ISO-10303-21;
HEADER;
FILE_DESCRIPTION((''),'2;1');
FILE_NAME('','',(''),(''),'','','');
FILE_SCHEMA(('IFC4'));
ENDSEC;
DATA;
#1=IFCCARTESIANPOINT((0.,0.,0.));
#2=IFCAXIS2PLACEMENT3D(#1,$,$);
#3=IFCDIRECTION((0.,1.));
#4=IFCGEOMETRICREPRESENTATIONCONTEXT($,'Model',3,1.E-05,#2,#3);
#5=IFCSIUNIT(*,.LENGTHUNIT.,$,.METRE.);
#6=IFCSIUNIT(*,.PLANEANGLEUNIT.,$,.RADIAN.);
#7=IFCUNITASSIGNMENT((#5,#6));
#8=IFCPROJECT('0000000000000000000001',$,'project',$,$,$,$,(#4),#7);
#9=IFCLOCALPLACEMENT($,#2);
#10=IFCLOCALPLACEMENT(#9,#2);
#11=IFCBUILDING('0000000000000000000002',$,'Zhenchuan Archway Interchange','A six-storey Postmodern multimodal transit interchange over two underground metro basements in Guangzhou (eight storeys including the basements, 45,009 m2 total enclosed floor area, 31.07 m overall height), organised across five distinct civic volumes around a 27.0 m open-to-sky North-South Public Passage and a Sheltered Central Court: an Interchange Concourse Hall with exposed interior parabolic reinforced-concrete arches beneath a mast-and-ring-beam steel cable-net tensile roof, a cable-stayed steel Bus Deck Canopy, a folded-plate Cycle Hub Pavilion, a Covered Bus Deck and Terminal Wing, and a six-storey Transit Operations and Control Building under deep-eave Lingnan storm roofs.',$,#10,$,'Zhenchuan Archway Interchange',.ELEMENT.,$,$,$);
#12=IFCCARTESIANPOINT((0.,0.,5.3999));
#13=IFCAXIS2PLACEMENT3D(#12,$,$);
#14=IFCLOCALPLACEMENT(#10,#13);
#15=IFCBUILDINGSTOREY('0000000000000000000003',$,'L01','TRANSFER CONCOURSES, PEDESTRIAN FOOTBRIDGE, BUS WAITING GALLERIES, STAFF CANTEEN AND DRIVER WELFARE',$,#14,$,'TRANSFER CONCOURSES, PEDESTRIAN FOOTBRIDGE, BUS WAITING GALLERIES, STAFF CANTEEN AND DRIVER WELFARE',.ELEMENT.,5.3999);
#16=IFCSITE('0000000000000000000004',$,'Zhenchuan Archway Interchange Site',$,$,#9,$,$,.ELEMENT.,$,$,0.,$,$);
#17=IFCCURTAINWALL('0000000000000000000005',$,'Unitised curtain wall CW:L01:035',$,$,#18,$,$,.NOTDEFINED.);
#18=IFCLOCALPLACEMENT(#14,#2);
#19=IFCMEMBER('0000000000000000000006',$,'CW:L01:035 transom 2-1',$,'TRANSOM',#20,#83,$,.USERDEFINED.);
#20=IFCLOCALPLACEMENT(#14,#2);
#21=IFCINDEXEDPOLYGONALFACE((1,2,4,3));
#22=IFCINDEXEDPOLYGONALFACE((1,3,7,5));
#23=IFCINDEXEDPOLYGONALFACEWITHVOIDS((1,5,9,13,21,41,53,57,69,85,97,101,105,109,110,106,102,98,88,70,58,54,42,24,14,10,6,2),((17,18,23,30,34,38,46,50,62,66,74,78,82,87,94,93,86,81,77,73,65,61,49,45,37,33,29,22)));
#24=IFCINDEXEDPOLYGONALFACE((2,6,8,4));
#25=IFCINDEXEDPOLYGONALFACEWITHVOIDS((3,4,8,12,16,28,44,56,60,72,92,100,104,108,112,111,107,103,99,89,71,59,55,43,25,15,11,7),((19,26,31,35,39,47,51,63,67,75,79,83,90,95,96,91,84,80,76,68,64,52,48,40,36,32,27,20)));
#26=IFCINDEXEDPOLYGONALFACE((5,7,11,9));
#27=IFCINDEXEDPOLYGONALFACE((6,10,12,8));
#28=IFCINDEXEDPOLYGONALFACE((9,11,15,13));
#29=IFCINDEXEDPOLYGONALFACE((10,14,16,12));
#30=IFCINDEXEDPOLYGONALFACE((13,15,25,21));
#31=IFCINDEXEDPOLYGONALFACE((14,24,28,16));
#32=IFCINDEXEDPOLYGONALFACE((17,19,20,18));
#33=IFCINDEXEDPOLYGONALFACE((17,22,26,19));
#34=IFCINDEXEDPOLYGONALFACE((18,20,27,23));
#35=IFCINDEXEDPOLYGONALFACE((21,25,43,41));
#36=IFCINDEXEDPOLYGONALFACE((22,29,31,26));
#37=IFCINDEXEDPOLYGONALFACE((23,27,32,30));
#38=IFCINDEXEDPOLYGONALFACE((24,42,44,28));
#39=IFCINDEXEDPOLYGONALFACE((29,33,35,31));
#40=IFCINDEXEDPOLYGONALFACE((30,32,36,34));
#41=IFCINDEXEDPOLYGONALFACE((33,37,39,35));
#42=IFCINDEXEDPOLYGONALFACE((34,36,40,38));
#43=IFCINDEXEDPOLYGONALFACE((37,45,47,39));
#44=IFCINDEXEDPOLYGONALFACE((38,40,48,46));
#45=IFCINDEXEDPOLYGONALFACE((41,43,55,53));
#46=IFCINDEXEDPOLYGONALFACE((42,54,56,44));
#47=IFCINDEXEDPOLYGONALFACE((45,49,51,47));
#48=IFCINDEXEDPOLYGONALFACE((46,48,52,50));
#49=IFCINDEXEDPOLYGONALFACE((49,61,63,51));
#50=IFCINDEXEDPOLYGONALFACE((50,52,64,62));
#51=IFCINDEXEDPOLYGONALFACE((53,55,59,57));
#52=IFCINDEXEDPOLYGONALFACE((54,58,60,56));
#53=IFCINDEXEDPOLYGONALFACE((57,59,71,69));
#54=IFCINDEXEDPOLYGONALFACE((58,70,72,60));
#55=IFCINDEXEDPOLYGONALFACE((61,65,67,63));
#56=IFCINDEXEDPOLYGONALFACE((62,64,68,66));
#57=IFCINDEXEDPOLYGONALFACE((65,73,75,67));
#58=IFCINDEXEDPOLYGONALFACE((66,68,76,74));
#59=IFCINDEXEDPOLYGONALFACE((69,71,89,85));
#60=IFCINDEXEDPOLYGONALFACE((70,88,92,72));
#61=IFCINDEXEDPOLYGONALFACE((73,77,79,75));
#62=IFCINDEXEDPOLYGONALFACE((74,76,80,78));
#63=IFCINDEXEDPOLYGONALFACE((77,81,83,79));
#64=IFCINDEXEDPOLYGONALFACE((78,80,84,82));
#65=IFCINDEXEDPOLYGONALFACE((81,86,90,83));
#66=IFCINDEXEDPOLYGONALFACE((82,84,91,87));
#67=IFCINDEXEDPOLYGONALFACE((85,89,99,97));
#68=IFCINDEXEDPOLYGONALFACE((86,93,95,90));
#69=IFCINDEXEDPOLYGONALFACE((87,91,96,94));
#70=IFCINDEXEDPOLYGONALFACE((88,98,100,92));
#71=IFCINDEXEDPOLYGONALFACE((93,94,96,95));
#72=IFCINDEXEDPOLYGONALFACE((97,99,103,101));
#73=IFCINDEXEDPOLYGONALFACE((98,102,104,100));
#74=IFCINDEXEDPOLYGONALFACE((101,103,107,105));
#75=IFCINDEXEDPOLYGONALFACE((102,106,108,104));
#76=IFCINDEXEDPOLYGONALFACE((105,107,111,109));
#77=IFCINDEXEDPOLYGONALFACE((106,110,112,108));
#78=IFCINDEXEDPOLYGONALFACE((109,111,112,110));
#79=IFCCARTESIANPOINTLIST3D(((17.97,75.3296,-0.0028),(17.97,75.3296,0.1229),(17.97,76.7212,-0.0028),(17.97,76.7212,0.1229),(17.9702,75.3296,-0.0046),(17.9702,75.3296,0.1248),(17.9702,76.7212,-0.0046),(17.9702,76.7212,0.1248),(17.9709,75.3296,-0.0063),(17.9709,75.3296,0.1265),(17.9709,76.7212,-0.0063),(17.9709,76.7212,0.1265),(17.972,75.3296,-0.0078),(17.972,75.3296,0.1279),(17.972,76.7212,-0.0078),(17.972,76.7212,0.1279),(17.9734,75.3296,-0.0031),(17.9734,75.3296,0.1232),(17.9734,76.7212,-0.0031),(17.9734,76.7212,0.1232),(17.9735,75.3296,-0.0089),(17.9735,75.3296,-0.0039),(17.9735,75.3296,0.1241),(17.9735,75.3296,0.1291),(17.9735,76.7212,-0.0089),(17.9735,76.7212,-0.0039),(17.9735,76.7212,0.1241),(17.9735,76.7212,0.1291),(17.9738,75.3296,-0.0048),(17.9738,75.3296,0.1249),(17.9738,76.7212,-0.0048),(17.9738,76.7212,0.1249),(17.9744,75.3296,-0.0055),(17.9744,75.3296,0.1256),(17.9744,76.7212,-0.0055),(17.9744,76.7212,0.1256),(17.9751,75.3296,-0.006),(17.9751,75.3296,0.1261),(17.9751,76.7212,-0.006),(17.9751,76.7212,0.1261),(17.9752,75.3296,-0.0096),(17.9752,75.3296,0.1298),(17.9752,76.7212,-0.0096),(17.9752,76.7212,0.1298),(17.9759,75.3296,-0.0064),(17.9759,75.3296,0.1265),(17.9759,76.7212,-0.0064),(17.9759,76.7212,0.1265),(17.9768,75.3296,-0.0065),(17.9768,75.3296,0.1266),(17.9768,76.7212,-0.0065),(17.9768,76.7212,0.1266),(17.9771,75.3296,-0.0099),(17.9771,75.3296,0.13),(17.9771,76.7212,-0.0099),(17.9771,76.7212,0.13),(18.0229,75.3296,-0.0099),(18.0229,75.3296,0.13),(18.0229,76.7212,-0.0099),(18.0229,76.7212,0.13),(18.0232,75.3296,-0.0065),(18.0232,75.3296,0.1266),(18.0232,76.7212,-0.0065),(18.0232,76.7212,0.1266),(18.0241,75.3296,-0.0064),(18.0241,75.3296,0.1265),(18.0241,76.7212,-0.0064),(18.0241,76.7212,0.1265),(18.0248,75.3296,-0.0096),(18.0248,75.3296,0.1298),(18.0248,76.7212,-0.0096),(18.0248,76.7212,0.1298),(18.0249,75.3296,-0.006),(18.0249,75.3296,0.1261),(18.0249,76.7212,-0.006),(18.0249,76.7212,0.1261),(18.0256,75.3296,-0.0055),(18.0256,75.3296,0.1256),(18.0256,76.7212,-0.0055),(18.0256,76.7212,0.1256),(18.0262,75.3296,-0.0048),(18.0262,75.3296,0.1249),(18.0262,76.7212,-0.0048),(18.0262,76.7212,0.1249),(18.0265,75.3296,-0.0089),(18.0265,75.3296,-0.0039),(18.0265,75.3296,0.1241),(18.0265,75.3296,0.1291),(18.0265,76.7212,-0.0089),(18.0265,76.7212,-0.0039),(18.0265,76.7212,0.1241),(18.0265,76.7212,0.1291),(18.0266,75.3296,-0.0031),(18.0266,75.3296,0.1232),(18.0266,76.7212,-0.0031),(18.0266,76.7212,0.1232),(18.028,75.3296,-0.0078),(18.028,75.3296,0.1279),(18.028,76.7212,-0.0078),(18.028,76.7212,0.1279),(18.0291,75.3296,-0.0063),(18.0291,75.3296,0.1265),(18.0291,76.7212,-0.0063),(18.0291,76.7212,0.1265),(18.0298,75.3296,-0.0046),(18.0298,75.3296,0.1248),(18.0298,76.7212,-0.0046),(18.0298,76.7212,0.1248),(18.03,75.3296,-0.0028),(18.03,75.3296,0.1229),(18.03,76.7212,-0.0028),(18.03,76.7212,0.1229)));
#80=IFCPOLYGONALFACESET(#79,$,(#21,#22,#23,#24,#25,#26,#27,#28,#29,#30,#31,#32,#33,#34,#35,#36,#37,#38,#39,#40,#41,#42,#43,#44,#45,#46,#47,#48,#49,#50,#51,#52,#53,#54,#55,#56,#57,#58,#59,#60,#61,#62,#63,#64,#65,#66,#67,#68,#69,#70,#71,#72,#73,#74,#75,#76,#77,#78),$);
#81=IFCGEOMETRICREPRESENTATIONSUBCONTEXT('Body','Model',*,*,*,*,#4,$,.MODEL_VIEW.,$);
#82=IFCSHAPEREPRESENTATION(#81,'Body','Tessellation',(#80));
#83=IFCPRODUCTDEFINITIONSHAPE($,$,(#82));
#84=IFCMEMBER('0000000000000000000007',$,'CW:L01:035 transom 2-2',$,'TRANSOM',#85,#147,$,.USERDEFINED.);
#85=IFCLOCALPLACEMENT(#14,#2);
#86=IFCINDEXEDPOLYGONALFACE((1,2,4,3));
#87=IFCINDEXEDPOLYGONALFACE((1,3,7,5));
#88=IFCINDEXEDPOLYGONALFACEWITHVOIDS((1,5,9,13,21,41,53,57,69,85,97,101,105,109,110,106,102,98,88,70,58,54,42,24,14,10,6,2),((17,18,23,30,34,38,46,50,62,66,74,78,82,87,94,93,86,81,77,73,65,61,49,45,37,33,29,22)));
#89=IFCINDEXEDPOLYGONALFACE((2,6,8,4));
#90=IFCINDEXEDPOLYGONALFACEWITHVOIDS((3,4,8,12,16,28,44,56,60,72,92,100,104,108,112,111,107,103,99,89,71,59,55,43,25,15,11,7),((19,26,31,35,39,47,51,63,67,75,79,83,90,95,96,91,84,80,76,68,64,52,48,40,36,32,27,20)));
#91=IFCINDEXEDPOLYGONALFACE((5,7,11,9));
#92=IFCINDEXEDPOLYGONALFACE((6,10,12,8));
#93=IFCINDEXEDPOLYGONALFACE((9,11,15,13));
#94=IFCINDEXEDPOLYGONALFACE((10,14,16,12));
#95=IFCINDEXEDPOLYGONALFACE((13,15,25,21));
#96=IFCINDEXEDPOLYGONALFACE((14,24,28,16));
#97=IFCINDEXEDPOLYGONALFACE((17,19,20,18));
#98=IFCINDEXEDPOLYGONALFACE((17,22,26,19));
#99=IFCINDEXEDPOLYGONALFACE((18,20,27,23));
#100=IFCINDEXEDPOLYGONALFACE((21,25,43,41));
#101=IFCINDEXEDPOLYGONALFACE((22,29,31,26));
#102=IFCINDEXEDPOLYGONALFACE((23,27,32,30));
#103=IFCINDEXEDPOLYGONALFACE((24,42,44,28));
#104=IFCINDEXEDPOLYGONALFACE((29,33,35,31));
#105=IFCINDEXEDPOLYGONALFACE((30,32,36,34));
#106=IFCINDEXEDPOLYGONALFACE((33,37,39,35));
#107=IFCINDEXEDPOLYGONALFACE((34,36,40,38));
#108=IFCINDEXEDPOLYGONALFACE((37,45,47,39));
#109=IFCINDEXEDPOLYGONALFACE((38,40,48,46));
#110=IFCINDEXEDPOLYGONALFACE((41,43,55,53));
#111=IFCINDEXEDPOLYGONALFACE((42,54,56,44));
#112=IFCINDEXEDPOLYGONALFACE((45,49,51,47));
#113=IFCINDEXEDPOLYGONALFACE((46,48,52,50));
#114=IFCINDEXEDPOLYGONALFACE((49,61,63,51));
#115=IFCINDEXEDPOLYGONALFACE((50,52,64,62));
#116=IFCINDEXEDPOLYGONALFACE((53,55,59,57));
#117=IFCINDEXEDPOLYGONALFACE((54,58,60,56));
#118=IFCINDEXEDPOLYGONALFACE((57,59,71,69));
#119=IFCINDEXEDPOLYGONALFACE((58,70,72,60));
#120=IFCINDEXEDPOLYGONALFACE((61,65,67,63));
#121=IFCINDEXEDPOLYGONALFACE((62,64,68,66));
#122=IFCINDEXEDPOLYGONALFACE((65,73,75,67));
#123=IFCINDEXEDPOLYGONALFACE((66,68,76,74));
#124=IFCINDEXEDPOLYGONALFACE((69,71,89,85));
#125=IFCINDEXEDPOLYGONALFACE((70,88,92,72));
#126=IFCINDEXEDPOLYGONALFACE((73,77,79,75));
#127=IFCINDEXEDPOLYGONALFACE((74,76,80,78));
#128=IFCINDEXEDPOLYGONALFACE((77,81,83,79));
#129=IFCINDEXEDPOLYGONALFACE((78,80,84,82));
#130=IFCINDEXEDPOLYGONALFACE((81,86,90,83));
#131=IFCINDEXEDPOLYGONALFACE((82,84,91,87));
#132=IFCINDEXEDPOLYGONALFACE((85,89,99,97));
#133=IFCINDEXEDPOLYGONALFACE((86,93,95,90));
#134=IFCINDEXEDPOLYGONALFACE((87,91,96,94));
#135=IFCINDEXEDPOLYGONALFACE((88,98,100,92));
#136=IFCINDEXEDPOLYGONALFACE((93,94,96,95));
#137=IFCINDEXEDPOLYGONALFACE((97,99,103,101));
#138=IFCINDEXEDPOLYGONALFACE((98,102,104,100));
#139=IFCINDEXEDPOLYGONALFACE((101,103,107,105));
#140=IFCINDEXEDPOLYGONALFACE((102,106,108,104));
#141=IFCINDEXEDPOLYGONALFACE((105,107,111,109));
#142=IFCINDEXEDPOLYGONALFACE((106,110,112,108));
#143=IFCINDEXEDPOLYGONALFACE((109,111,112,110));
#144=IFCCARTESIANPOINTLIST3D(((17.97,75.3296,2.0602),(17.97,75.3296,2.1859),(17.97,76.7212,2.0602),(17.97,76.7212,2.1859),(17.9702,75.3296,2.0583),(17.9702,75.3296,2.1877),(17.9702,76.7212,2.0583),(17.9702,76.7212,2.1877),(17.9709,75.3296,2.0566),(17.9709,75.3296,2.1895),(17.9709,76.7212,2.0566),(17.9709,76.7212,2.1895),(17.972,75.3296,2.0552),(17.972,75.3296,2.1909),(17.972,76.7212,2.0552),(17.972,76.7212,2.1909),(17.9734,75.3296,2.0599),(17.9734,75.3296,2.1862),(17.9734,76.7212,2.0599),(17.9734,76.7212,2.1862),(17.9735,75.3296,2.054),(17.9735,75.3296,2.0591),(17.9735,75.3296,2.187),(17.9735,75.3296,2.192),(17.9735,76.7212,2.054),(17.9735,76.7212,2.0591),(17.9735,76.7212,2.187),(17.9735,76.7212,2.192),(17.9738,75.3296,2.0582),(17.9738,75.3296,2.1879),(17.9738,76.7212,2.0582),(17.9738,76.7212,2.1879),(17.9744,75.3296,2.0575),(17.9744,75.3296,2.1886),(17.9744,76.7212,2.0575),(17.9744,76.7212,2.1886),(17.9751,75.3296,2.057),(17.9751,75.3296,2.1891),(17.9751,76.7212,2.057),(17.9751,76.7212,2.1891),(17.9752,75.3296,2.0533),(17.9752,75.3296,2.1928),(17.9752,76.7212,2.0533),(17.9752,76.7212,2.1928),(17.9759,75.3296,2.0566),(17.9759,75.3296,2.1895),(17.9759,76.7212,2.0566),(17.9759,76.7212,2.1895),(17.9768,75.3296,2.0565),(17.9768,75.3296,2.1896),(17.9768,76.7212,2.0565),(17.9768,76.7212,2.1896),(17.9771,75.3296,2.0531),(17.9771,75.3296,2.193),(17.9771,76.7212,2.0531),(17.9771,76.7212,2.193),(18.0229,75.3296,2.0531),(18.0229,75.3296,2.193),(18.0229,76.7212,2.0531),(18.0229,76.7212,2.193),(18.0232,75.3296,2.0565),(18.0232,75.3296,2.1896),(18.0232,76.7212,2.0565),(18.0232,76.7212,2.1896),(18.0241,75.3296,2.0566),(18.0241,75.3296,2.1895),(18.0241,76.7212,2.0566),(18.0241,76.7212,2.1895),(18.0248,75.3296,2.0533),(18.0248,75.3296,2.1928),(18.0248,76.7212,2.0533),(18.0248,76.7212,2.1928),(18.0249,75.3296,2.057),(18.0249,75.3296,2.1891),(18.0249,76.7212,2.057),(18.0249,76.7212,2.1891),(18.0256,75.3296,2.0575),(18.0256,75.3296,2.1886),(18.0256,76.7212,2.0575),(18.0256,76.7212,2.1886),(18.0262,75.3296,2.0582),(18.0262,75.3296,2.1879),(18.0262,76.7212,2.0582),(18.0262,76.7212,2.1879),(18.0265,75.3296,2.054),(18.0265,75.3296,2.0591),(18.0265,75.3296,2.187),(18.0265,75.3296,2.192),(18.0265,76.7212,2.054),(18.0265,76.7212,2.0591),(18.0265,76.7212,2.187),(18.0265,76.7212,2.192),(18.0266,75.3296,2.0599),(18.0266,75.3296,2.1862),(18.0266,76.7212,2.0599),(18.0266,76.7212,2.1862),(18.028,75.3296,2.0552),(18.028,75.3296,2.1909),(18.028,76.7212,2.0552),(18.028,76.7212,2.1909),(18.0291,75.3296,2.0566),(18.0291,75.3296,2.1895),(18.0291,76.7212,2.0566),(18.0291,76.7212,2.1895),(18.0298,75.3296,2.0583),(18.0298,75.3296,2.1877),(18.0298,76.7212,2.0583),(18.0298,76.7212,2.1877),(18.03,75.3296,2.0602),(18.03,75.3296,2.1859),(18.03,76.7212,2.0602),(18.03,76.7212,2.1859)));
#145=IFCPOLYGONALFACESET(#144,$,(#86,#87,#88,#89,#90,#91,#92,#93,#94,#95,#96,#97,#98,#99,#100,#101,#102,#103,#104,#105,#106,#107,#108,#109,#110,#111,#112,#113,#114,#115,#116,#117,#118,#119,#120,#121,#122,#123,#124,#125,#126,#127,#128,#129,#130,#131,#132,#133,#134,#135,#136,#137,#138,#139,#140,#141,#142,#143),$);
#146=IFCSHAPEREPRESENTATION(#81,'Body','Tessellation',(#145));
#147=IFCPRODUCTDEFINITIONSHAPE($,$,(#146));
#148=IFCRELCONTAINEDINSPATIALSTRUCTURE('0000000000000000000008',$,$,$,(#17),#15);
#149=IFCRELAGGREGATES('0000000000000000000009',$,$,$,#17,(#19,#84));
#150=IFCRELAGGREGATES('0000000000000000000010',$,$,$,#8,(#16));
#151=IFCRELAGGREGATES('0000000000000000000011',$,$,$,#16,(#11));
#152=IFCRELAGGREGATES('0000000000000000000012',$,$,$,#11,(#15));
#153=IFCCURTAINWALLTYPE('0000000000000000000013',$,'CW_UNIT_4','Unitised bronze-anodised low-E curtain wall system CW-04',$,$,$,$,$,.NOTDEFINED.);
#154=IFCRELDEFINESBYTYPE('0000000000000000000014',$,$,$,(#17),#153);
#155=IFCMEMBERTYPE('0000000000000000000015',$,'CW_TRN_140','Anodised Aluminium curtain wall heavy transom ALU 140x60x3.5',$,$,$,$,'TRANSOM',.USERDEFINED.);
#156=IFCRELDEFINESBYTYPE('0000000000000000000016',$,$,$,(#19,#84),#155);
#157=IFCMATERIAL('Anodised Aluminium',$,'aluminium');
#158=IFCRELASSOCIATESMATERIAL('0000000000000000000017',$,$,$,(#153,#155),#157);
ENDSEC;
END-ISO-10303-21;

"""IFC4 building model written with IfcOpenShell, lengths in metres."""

from ifc_helpers import new_model, si_unit, direction, frame, origin, origin_2d, place, context, subcontext, project, spatial, hollow_rectangle, extrude, material, material_profile, profile_set, type_object, element, aggregate, save


model = new_model("IFC4")

# Units and contexts
model_context = context("Model", 3, precision=1e-05, world=origin(), true_north=direction((0.0, 1.0)))
body_context = subcontext(model_context, "Body", "Model", "MODEL_VIEW")
ifc_project = project(units=[si_unit("LENGTHUNIT", "METRE"), si_unit("PLANEANGLEUNIT", "RADIAN")], contexts=[model_context])

# Site, building, storey
site_placement = place(None, origin())
site = spatial("IfcSite", under=ifc_project, at=site_placement, Name="Zhenchuan Archway Interchange Site", CompositionType="ELEMENT", RefElevation=0.0)
building_placement = place(site_placement, origin())
building = spatial("IfcBuilding", under=site, at=building_placement, Name="Zhenchuan Archway Interchange", Description="A six-storey Postmodern multimodal transit interchange over two underground metro basements in Guangzhou (eight storeys including the basements, 45,009 m2 total enclosed floor area, 31.07 m overall height), organised across five distinct civic volumes around a 27.0 m open-to-sky North-South Public Passage and a Sheltered Central Court: an Interchange Concourse Hall with exposed interior parabolic reinforced-concrete arches beneath a mast-and-ring-beam steel cable-net tensile roof, a cable-stayed steel Bus Deck Canopy, a folded-plate Cycle Hub Pavilion, a Covered Bus Deck and Terminal Wing, and a six-storey Transit Operations and Control Building under deep-eave Lingnan storm roofs.", LongName="Zhenchuan Archway Interchange", CompositionType="ELEMENT")
storey_placement = place(building_placement, frame((0.0, 0.0, 5.3999)))
storey = spatial("IfcBuildingStorey", under=building, at=storey_placement, Name="L01", Description="TRANSFER CONCOURSES, PEDESTRIAN FOOTBRIDGE, BUS WAITING GALLERIES, STAFF CANTEEN AND DRIVER WELFARE", LongName="TRANSFER CONCOURSES, PEDESTRIAN FOOTBRIDGE, BUS WAITING GALLERIES, STAFF CANTEEN AND DRIVER WELFARE", CompositionType="ELEMENT", Elevation=5.3999)

# Curtain wall, members
ifc_material_1 = material(Name="Anodised Aluminium", Category="aluminium")
curtain_wall_type = type_object("IfcCurtainWallType", Name="CW_UNIT_4", Description="Unitised bronze-anodised low-E curtain wall system CW-04", PredefinedType="NOTDEFINED", material=ifc_material_1)
curtain_wall_placement = place(storey_placement, origin())
curtain_wall = element("IfcCurtainWall", 1, at=curtain_wall_placement, inside=storey, type_object=curtain_wall_type, Name="Unitised curtain wall CW:L01:035", PredefinedType="NOTDEFINED")
ifc_material_profile_1 = material_profile(ifc_material_1, hollow_rectangle(XDim=0.0601, YDim=0.1399, WallThickness=0.0034, InnerFilletRadius=0.0034, OuterFilletRadius=0.0071, at=origin_2d()), Name="ALU 140x60x3.5")
ifc_profile_set_1 = profile_set([ifc_material_profile_1], Name="Anodised Aluminium")
member_type_1 = type_object("IfcMemberType", Name="CW_TRN_140", Description="Anodised Aluminium curtain wall heavy transom ALU 140x60x3.5", ElementType="TRANSOM", PredefinedType="USERDEFINED", material=ifc_profile_set_1)
member_1_placement = place(storey_placement, frame((18.0, 75.3296, 0.0601), z_axis=(0.0, 1.0, 0.0), x_axis=(-1.0, 0.0, 0.0)))
member_1 = element("IfcMember", 2, at=member_1_placement, type_object=member_type_1, Name="CW:L01:035 transom 2-1", ObjectType="TRANSOM", PredefinedType="USERDEFINED", context=body_context, shape_type="SweptSolid", body=[
    extrude(hollow_rectangle(XDim=0.0601, YDim=0.1399, WallThickness=0.0034, InnerFilletRadius=0.0034, OuterFilletRadius=0.0071, at=origin_2d()), origin(), (0.0, 0.0, 1.0), 1.3916),
])
member_2_placement = place(storey_placement, frame((18.0, 75.3296, 2.123), z_axis=(0.0, 1.0, 0.0), x_axis=(-1.0, 0.0, 0.0)))
member_2 = element("IfcMember", 3, at=member_2_placement, type_object=member_type_1, Name="CW:L01:035 transom 2-2", ObjectType="TRANSOM", PredefinedType="USERDEFINED", context=body_context, shape_type="SweptSolid", body=[
    extrude(hollow_rectangle(XDim=0.0601, YDim=0.1399, WallThickness=0.0034, InnerFilletRadius=0.0034, OuterFilletRadius=0.0071, at=origin_2d()), origin(), (0.0, 0.0, 1.0), 1.3916),
])
aggregate(curtain_wall, [member_1, member_2])

save(model, "model.ifc")
